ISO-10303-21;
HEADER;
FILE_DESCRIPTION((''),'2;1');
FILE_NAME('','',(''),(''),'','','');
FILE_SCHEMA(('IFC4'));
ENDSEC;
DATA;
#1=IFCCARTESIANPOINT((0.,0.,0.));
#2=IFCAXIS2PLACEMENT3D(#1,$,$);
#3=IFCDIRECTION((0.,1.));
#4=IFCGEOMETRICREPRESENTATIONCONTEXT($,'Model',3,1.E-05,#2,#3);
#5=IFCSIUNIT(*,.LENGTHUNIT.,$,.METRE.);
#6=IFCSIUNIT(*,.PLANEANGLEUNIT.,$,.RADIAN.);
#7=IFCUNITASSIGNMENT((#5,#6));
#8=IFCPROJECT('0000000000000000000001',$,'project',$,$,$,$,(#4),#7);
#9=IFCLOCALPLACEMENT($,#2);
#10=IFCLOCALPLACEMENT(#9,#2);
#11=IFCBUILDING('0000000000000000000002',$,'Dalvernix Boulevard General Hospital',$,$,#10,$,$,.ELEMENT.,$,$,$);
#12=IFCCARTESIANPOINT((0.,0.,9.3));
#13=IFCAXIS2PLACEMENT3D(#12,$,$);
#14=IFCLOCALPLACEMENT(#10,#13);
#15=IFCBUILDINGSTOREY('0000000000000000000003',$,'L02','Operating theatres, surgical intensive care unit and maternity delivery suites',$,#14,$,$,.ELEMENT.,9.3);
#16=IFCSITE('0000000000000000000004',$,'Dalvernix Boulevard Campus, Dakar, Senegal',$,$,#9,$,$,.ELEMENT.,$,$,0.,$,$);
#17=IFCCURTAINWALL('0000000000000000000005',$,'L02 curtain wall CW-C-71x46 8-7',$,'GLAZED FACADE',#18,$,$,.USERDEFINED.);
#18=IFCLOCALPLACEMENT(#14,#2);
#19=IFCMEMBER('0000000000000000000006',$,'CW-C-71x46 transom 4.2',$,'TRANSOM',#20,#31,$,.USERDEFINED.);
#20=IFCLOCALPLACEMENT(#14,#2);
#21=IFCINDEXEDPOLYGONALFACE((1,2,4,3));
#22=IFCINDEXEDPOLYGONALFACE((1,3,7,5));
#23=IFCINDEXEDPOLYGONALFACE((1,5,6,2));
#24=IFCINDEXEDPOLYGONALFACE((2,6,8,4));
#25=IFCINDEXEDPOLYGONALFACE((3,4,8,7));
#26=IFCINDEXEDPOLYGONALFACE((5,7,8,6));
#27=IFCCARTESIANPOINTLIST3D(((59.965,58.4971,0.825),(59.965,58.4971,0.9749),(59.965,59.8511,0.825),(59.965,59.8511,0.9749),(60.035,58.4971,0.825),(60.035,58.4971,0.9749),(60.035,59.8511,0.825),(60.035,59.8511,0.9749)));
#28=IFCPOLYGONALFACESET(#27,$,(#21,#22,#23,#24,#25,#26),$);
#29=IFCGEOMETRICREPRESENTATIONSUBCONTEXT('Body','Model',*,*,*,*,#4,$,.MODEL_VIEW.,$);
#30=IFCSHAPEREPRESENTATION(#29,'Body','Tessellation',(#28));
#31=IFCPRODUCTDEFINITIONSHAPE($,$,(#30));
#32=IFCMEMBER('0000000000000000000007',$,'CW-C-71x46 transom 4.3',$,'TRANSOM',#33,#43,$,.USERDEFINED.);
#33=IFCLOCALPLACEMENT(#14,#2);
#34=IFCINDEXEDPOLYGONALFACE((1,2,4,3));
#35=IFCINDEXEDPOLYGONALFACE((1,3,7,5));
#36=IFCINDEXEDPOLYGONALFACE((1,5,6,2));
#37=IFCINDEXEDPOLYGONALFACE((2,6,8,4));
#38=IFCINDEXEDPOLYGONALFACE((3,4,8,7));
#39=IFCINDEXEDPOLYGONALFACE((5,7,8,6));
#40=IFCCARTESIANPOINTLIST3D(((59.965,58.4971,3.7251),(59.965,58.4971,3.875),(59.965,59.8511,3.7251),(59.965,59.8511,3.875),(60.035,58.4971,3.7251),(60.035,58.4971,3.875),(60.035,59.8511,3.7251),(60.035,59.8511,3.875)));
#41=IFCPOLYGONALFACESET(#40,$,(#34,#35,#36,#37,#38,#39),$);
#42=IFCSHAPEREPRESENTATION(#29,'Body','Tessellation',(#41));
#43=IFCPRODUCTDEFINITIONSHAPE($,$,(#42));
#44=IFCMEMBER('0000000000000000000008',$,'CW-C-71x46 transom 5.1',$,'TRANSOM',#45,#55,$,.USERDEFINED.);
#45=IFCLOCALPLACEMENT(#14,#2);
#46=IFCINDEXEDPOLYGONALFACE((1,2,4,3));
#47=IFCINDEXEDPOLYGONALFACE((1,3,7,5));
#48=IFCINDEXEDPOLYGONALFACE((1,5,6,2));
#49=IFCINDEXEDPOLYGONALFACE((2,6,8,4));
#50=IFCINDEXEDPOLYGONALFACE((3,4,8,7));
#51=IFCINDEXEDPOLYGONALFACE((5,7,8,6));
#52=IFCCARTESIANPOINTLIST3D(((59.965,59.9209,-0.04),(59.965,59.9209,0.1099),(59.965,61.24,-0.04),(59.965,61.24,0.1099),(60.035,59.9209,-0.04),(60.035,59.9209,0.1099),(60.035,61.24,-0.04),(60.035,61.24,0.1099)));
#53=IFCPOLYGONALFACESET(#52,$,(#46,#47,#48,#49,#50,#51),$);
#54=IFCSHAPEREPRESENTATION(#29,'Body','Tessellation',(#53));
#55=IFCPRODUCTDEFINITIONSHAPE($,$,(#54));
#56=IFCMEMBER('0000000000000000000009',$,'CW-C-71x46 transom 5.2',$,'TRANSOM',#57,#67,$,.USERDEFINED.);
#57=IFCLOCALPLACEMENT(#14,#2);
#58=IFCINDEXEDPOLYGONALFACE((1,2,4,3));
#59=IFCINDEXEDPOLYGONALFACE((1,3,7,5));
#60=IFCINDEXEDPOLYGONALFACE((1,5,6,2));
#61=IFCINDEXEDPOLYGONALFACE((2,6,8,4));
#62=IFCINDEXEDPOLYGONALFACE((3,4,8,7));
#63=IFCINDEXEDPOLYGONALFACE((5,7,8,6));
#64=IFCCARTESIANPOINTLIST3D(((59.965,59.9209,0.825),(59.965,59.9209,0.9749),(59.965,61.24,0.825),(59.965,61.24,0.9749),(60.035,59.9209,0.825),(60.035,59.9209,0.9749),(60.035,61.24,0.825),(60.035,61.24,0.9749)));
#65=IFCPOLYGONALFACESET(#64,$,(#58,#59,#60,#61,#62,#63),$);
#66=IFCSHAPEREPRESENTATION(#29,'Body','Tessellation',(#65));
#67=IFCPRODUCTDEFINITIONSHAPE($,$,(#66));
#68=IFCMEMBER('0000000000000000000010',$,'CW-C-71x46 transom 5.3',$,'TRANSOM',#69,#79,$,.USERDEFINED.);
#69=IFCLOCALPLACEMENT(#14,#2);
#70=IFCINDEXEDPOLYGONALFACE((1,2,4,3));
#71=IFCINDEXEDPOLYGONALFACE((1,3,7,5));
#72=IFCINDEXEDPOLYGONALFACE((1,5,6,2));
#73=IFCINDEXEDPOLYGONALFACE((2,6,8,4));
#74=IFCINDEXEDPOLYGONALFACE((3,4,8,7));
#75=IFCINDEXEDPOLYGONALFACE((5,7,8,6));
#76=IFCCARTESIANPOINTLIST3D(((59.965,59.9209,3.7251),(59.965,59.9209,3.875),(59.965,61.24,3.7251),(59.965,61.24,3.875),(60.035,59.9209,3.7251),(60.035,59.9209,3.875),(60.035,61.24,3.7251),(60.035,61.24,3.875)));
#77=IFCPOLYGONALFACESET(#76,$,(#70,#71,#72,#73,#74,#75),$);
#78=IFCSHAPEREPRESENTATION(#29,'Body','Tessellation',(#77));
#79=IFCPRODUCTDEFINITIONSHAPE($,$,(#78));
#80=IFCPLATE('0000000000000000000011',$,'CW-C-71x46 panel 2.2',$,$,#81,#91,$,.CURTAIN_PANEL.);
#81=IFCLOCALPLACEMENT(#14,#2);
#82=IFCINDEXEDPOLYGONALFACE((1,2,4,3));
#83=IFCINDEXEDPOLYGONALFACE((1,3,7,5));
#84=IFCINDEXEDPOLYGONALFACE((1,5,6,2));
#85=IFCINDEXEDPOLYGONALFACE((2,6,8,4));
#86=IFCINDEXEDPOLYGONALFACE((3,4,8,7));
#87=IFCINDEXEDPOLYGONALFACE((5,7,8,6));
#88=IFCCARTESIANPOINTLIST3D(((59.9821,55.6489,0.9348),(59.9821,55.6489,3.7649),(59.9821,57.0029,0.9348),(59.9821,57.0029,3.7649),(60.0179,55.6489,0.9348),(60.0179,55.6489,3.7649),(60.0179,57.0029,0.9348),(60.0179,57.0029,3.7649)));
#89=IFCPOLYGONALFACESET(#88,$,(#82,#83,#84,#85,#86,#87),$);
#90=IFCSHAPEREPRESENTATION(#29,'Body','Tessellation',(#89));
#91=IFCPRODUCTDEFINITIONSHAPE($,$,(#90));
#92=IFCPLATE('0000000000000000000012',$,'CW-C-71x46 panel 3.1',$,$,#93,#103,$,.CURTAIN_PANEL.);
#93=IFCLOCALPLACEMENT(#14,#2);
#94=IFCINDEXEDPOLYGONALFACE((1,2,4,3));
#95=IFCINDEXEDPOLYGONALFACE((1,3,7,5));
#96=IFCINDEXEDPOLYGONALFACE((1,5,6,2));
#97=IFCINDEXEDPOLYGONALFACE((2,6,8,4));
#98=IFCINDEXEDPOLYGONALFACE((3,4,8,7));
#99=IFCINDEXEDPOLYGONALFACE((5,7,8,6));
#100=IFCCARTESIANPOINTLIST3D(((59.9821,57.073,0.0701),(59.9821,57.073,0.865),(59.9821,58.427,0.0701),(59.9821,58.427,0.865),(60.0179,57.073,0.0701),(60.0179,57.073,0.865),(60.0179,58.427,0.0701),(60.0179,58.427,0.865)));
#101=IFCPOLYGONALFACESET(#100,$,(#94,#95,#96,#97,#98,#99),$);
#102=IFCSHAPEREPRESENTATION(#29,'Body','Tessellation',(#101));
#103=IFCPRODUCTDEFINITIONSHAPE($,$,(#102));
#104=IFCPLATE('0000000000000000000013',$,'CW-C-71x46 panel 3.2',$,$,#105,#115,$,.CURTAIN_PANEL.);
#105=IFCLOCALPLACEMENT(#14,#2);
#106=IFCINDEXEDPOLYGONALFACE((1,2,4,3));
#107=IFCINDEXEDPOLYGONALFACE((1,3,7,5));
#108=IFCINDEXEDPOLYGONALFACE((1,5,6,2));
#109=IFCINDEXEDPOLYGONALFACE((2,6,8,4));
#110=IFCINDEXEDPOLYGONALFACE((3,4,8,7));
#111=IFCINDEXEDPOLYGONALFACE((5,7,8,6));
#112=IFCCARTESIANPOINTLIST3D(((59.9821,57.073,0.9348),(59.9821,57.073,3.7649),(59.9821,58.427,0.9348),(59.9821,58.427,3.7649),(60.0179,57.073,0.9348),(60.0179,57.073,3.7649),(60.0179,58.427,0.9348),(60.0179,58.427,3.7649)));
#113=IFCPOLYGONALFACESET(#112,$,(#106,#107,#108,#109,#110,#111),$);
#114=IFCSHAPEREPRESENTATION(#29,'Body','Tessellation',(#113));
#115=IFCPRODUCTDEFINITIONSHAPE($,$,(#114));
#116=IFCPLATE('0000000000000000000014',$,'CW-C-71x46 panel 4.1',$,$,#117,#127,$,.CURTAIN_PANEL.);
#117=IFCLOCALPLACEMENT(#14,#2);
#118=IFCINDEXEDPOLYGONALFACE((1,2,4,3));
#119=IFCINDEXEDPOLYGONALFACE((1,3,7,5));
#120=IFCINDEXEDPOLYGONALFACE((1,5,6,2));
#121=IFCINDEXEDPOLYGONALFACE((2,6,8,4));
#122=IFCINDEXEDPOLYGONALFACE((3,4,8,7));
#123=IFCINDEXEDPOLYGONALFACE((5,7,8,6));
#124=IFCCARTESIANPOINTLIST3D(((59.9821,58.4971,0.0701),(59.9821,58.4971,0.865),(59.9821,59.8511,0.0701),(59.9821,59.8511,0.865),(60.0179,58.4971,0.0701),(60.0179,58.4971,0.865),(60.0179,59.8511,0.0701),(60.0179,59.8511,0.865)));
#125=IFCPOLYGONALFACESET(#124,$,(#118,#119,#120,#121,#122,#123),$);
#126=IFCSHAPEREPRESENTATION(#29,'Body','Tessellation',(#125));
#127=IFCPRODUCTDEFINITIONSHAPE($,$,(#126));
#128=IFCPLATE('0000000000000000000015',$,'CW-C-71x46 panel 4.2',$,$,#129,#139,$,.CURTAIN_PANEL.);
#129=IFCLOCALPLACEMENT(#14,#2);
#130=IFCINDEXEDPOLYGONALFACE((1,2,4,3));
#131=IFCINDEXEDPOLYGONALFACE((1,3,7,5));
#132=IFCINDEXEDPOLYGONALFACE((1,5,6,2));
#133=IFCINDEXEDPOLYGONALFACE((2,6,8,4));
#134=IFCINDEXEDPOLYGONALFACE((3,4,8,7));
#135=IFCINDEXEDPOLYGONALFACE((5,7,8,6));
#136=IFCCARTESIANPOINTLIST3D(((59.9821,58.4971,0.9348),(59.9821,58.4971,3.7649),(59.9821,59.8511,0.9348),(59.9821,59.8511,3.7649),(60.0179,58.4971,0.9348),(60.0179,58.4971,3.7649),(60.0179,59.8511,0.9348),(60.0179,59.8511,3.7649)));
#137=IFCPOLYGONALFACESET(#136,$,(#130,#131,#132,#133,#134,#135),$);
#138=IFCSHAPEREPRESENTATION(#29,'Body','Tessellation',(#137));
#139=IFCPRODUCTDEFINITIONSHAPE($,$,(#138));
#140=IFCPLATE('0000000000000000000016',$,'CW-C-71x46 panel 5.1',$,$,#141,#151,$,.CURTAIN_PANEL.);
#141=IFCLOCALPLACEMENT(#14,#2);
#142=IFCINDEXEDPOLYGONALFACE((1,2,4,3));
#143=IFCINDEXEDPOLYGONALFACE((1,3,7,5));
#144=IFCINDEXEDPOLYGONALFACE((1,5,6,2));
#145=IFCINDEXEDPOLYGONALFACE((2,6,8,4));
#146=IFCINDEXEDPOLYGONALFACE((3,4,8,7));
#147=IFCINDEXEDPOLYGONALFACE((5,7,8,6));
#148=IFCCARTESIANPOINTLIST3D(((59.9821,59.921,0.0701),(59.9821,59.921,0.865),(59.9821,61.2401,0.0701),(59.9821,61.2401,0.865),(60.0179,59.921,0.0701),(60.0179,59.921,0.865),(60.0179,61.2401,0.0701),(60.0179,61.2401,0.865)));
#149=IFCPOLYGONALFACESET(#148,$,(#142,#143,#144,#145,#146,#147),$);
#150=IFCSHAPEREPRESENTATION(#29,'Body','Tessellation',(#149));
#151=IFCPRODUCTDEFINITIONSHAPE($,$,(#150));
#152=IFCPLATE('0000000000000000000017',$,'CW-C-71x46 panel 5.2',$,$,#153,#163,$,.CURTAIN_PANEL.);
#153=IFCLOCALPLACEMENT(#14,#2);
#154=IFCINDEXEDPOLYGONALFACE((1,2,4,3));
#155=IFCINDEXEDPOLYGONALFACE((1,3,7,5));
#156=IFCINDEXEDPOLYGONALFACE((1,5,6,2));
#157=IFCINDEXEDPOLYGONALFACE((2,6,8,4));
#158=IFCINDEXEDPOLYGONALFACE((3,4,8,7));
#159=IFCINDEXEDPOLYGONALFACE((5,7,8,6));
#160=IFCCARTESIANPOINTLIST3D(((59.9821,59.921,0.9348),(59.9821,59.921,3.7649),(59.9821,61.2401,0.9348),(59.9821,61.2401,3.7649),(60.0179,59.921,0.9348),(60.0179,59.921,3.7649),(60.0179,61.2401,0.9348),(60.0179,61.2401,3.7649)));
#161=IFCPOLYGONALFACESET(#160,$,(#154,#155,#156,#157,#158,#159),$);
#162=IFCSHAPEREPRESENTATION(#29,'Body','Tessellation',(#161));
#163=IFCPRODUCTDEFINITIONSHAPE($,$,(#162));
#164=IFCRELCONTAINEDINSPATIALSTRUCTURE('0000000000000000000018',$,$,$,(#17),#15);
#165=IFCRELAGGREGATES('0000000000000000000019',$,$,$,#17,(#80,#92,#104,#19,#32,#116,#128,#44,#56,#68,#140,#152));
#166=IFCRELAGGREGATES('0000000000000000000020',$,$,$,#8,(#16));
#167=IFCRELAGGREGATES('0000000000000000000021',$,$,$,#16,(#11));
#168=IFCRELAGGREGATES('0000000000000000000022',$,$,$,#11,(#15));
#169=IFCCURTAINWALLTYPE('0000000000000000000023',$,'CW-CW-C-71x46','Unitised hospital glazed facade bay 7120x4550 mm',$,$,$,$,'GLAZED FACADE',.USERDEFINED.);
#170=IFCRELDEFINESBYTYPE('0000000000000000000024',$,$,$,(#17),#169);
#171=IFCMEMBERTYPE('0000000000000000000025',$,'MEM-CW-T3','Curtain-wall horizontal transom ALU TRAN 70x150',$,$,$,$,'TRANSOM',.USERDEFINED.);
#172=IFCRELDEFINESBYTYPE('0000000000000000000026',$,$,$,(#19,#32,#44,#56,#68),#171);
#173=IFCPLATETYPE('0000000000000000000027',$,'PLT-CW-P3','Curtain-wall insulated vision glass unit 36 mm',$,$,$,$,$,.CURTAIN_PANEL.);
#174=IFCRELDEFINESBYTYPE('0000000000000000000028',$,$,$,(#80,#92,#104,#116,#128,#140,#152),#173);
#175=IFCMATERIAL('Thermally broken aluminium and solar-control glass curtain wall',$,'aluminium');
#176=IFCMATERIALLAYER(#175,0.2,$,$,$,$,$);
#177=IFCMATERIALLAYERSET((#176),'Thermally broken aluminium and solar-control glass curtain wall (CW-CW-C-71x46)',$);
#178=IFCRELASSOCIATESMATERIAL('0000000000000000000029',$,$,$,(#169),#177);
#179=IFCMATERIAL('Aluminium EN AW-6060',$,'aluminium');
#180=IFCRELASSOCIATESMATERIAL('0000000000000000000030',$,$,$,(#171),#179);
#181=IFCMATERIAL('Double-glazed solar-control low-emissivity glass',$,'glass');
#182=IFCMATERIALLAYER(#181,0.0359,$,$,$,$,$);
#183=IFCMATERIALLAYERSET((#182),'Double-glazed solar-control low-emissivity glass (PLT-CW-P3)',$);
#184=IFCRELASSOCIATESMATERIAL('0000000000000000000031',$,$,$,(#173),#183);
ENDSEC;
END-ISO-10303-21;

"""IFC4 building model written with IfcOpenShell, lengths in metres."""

from ifc_helpers import new_model, si_unit, direction, frame, origin, origin_2d, place, context, subcontext, project, spatial, rectangle, extrude, material, layer, layer_set, material_profile, profile_set, type_object, element, aggregate, save


model = new_model("IFC4")

# Units and contexts
model_context = context("Model", 3, precision=1e-05, world=origin(), true_north=direction((0.0, 1.0)))
body_context = subcontext(model_context, "Body", "Model", "MODEL_VIEW")
ifc_project = project(units=[si_unit("LENGTHUNIT", "METRE"), si_unit("PLANEANGLEUNIT", "RADIAN")], contexts=[model_context])

# Site, building, storey
site_placement = place(None, origin())
site = spatial("IfcSite", under=ifc_project, at=site_placement, Name="Dalvernix Boulevard Campus, Dakar, Senegal", CompositionType="ELEMENT", RefElevation=0.0)
building_placement = place(site_placement, origin())
building = spatial("IfcBuilding", under=site, at=building_placement, Name="Dalvernix Boulevard General Hospital", CompositionType="ELEMENT")
storey_placement = place(building_placement, frame((0.0, 0.0, 9.3)))
storey = spatial("IfcBuildingStorey", under=building, at=storey_placement, Name="L02", Description="Operating theatres, surgical intensive care unit and maternity delivery suites", CompositionType="ELEMENT", Elevation=9.3)

# Curtain wall, members, plates
ifc_material_1 = material(Name="Thermally broken aluminium and solar-control glass curtain wall", Category="aluminium")
ifc_layer_1 = layer(ifc_material_1, 0.2)
ifc_layer_set_1 = layer_set([ifc_layer_1], Name="Thermally broken aluminium and solar-control glass curtain wall (CW-CW-C-71x46)")
curtain_wall_type = type_object("IfcCurtainWallType", Name="CW-CW-C-71x46", Description="Unitised hospital glazed facade bay 7120x4550 mm", ElementType="GLAZED FACADE", PredefinedType="USERDEFINED", material=ifc_layer_set_1)
curtain_wall_placement = place(storey_placement, origin())
curtain_wall = element("IfcCurtainWall", 1, at=curtain_wall_placement, inside=storey, type_object=curtain_wall_type, Name="L02 curtain wall CW-C-71x46 8-7", ObjectType="GLAZED FACADE", PredefinedType="USERDEFINED")
ifc_material_2 = material(Name="Aluminium EN AW-6060", Category="aluminium")
ifc_material_profile_1 = material_profile(ifc_material_2, rectangle(XDim=0.0701, YDim=0.1499, at=origin_2d()), Name="ALU TRAN 70x150")
ifc_profile_set_1 = profile_set([ifc_material_profile_1], Name="Aluminium EN AW-6060")
member_type_1 = type_object("IfcMemberType", Name="MEM-CW-T3", Description="Curtain-wall horizontal transom ALU TRAN 70x150", ElementType="TRANSOM", PredefinedType="USERDEFINED", material=ifc_profile_set_1)
member_1_placement = place(storey_placement, frame((60.0, 58.4971, 0.8999), z_axis=(0.0, 1.0, 0.0), x_axis=(-1.0, 0.0, 0.0)))
member_1 = element("IfcMember", 2, at=member_1_placement, type_object=member_type_1, Name="CW-C-71x46 transom 4.2", ObjectType="TRANSOM", PredefinedType="USERDEFINED", context=body_context, shape_type="SweptSolid", body=[
    extrude(rectangle(XDim=0.0701, YDim=0.1499, at=origin_2d()), origin(), (0.0, 0.0, 1.0), 1.354),
])
member_2_placement = place(storey_placement, frame((60.0, 58.4971, 3.8), z_axis=(0.0, 1.0, 0.0), x_axis=(-1.0, 0.0, 0.0)))
member_2 = element("IfcMember", 3, at=member_2_placement, type_object=member_type_1, Name="CW-C-71x46 transom 4.3", ObjectType="TRANSOM", PredefinedType="USERDEFINED", context=body_context, shape_type="SweptSolid", body=[
    extrude(rectangle(XDim=0.0701, YDim=0.1499, at=origin_2d()), origin(), (0.0, 0.0, 1.0), 1.354),
])
member_3_placement = place(storey_placement, frame((60.0, 59.9209, 0.0349), z_axis=(0.0, 1.0, 0.0), x_axis=(-1.0, 0.0, 0.0)))
member_3 = element("IfcMember", 4, at=member_3_placement, type_object=member_type_1, Name="CW-C-71x46 transom 5.1", ObjectType="TRANSOM", PredefinedType="USERDEFINED", context=body_context, shape_type="SweptSolid", body=[
    extrude(rectangle(XDim=0.0701, YDim=0.1499, at=origin_2d()), origin(), (0.0, 0.0, 1.0), 1.3191),
])
member_4_placement = place(storey_placement, frame((60.0, 59.9209, 0.8999), z_axis=(0.0, 1.0, 0.0), x_axis=(-1.0, 0.0, 0.0)))
member_4 = element("IfcMember", 5, at=member_4_placement, type_object=member_type_1, Name="CW-C-71x46 transom 5.2", ObjectType="TRANSOM", PredefinedType="USERDEFINED", context=body_context, shape_type="SweptSolid", body=[
    extrude(rectangle(XDim=0.0701, YDim=0.1499, at=origin_2d()), origin(), (0.0, 0.0, 1.0), 1.3191),
])
member_5_placement = place(storey_placement, frame((60.0, 59.9209, 3.8), z_axis=(0.0, 1.0, 0.0), x_axis=(-1.0, 0.0, 0.0)))
member_5 = element("IfcMember", 6, at=member_5_placement, type_object=member_type_1, Name="CW-C-71x46 transom 5.3", ObjectType="TRANSOM", PredefinedType="USERDEFINED", context=body_context, shape_type="SweptSolid", body=[
    extrude(rectangle(XDim=0.0701, YDim=0.1499, at=origin_2d()), origin(), (0.0, 0.0, 1.0), 1.3191),
])
ifc_material_3 = material(Name="Double-glazed solar-control low-emissivity glass", Category="glass")
ifc_layer_2 = layer(ifc_material_3, 0.0359)
ifc_layer_set_2 = layer_set([ifc_layer_2], Name="Double-glazed solar-control low-emissivity glass (PLT-CW-P3)")
plate_type = type_object("IfcPlateType", Name="PLT-CW-P3", Description="Curtain-wall insulated vision glass unit 36 mm", PredefinedType="CURTAIN_PANEL", material=ifc_layer_set_2)
plate_1_placement = place(storey_placement, frame((60.0, 56.3259, 0.9348), z_axis=(0.0, 0.0, 1.0), x_axis=(0.0, 1.0, 0.0)))
plate_1 = element("IfcPlate", 7, at=plate_1_placement, type_object=plate_type, Name="CW-C-71x46 panel 2.2", PredefinedType="CURTAIN_PANEL", context=body_context, shape_type="SweptSolid", body=[
    extrude(rectangle(XDim=1.354, YDim=0.0359, at=origin_2d()), origin(), (0.0, 0.0, 1.0), 2.8301),
])
plate_2_placement = place(storey_placement, frame((60.0, 57.75, 0.0701), z_axis=(0.0, 0.0, 1.0), x_axis=(0.0, 1.0, 0.0)))
plate_2 = element("IfcPlate", 8, at=plate_2_placement, type_object=plate_type, Name="CW-C-71x46 panel 3.1", PredefinedType="CURTAIN_PANEL", context=body_context, shape_type="SweptSolid", body=[
    extrude(rectangle(XDim=1.354, YDim=0.0359, at=origin_2d()), origin(), (0.0, 0.0, 1.0), 0.7949),
])
plate_3_placement = place(storey_placement, frame((60.0, 57.75, 0.9348), z_axis=(0.0, 0.0, 1.0), x_axis=(0.0, 1.0, 0.0)))
plate_3 = element("IfcPlate", 9, at=plate_3_placement, type_object=plate_type, Name="CW-C-71x46 panel 3.2", PredefinedType="CURTAIN_PANEL", context=body_context, shape_type="SweptSolid", body=[
    extrude(rectangle(XDim=1.354, YDim=0.0359, at=origin_2d()), origin(), (0.0, 0.0, 1.0), 2.8301),
])
plate_4_placement = place(storey_placement, frame((60.0, 59.1741, 0.0701), z_axis=(0.0, 0.0, 1.0), x_axis=(0.0, 1.0, 0.0)))
plate_4 = element("IfcPlate", 10, at=plate_4_placement, type_object=plate_type, Name="CW-C-71x46 panel 4.1", PredefinedType="CURTAIN_PANEL", context=body_context, shape_type="SweptSolid", body=[
    extrude(rectangle(XDim=1.354, YDim=0.0359, at=origin_2d()), origin(), (0.0, 0.0, 1.0), 0.7949),
])
plate_5_placement = place(storey_placement, frame((60.0, 59.1741, 0.9348), z_axis=(0.0, 0.0, 1.0), x_axis=(0.0, 1.0, 0.0)))
plate_5 = element("IfcPlate", 11, at=plate_5_placement, type_object=plate_type, Name="CW-C-71x46 panel 4.2", PredefinedType="CURTAIN_PANEL", context=body_context, shape_type="SweptSolid", body=[
    extrude(rectangle(XDim=1.354, YDim=0.0359, at=origin_2d()), origin(), (0.0, 0.0, 1.0), 2.8301),
])
plate_6_placement = place(storey_placement, frame((60.0, 60.5806, 0.0701), z_axis=(0.0, 0.0, 1.0), x_axis=(0.0, 1.0, 0.0)))
plate_6 = element("IfcPlate", 12, at=plate_6_placement, type_object=plate_type, Name="CW-C-71x46 panel 5.1", PredefinedType="CURTAIN_PANEL", context=body_context, shape_type="SweptSolid", body=[
    extrude(rectangle(XDim=1.3191, YDim=0.0359, at=origin_2d()), origin(), (0.0, 0.0, 1.0), 0.7949),
])
plate_7_placement = place(storey_placement, frame((60.0, 60.5806, 0.9348), z_axis=(0.0, 0.0, 1.0), x_axis=(0.0, 1.0, 0.0)))
plate_7 = element("IfcPlate", 13, at=plate_7_placement, type_object=plate_type, Name="CW-C-71x46 panel 5.2", PredefinedType="CURTAIN_PANEL", context=body_context, shape_type="SweptSolid", body=[
    extrude(rectangle(XDim=1.3191, YDim=0.0359, at=origin_2d()), origin(), (0.0, 0.0, 1.0), 2.8301),
])
aggregate(curtain_wall, [plate_1, plate_2, plate_3, member_1, member_2, plate_4, plate_5, member_3, member_4, member_5, plate_6, plate_7])

save(model, "model.ifc")
